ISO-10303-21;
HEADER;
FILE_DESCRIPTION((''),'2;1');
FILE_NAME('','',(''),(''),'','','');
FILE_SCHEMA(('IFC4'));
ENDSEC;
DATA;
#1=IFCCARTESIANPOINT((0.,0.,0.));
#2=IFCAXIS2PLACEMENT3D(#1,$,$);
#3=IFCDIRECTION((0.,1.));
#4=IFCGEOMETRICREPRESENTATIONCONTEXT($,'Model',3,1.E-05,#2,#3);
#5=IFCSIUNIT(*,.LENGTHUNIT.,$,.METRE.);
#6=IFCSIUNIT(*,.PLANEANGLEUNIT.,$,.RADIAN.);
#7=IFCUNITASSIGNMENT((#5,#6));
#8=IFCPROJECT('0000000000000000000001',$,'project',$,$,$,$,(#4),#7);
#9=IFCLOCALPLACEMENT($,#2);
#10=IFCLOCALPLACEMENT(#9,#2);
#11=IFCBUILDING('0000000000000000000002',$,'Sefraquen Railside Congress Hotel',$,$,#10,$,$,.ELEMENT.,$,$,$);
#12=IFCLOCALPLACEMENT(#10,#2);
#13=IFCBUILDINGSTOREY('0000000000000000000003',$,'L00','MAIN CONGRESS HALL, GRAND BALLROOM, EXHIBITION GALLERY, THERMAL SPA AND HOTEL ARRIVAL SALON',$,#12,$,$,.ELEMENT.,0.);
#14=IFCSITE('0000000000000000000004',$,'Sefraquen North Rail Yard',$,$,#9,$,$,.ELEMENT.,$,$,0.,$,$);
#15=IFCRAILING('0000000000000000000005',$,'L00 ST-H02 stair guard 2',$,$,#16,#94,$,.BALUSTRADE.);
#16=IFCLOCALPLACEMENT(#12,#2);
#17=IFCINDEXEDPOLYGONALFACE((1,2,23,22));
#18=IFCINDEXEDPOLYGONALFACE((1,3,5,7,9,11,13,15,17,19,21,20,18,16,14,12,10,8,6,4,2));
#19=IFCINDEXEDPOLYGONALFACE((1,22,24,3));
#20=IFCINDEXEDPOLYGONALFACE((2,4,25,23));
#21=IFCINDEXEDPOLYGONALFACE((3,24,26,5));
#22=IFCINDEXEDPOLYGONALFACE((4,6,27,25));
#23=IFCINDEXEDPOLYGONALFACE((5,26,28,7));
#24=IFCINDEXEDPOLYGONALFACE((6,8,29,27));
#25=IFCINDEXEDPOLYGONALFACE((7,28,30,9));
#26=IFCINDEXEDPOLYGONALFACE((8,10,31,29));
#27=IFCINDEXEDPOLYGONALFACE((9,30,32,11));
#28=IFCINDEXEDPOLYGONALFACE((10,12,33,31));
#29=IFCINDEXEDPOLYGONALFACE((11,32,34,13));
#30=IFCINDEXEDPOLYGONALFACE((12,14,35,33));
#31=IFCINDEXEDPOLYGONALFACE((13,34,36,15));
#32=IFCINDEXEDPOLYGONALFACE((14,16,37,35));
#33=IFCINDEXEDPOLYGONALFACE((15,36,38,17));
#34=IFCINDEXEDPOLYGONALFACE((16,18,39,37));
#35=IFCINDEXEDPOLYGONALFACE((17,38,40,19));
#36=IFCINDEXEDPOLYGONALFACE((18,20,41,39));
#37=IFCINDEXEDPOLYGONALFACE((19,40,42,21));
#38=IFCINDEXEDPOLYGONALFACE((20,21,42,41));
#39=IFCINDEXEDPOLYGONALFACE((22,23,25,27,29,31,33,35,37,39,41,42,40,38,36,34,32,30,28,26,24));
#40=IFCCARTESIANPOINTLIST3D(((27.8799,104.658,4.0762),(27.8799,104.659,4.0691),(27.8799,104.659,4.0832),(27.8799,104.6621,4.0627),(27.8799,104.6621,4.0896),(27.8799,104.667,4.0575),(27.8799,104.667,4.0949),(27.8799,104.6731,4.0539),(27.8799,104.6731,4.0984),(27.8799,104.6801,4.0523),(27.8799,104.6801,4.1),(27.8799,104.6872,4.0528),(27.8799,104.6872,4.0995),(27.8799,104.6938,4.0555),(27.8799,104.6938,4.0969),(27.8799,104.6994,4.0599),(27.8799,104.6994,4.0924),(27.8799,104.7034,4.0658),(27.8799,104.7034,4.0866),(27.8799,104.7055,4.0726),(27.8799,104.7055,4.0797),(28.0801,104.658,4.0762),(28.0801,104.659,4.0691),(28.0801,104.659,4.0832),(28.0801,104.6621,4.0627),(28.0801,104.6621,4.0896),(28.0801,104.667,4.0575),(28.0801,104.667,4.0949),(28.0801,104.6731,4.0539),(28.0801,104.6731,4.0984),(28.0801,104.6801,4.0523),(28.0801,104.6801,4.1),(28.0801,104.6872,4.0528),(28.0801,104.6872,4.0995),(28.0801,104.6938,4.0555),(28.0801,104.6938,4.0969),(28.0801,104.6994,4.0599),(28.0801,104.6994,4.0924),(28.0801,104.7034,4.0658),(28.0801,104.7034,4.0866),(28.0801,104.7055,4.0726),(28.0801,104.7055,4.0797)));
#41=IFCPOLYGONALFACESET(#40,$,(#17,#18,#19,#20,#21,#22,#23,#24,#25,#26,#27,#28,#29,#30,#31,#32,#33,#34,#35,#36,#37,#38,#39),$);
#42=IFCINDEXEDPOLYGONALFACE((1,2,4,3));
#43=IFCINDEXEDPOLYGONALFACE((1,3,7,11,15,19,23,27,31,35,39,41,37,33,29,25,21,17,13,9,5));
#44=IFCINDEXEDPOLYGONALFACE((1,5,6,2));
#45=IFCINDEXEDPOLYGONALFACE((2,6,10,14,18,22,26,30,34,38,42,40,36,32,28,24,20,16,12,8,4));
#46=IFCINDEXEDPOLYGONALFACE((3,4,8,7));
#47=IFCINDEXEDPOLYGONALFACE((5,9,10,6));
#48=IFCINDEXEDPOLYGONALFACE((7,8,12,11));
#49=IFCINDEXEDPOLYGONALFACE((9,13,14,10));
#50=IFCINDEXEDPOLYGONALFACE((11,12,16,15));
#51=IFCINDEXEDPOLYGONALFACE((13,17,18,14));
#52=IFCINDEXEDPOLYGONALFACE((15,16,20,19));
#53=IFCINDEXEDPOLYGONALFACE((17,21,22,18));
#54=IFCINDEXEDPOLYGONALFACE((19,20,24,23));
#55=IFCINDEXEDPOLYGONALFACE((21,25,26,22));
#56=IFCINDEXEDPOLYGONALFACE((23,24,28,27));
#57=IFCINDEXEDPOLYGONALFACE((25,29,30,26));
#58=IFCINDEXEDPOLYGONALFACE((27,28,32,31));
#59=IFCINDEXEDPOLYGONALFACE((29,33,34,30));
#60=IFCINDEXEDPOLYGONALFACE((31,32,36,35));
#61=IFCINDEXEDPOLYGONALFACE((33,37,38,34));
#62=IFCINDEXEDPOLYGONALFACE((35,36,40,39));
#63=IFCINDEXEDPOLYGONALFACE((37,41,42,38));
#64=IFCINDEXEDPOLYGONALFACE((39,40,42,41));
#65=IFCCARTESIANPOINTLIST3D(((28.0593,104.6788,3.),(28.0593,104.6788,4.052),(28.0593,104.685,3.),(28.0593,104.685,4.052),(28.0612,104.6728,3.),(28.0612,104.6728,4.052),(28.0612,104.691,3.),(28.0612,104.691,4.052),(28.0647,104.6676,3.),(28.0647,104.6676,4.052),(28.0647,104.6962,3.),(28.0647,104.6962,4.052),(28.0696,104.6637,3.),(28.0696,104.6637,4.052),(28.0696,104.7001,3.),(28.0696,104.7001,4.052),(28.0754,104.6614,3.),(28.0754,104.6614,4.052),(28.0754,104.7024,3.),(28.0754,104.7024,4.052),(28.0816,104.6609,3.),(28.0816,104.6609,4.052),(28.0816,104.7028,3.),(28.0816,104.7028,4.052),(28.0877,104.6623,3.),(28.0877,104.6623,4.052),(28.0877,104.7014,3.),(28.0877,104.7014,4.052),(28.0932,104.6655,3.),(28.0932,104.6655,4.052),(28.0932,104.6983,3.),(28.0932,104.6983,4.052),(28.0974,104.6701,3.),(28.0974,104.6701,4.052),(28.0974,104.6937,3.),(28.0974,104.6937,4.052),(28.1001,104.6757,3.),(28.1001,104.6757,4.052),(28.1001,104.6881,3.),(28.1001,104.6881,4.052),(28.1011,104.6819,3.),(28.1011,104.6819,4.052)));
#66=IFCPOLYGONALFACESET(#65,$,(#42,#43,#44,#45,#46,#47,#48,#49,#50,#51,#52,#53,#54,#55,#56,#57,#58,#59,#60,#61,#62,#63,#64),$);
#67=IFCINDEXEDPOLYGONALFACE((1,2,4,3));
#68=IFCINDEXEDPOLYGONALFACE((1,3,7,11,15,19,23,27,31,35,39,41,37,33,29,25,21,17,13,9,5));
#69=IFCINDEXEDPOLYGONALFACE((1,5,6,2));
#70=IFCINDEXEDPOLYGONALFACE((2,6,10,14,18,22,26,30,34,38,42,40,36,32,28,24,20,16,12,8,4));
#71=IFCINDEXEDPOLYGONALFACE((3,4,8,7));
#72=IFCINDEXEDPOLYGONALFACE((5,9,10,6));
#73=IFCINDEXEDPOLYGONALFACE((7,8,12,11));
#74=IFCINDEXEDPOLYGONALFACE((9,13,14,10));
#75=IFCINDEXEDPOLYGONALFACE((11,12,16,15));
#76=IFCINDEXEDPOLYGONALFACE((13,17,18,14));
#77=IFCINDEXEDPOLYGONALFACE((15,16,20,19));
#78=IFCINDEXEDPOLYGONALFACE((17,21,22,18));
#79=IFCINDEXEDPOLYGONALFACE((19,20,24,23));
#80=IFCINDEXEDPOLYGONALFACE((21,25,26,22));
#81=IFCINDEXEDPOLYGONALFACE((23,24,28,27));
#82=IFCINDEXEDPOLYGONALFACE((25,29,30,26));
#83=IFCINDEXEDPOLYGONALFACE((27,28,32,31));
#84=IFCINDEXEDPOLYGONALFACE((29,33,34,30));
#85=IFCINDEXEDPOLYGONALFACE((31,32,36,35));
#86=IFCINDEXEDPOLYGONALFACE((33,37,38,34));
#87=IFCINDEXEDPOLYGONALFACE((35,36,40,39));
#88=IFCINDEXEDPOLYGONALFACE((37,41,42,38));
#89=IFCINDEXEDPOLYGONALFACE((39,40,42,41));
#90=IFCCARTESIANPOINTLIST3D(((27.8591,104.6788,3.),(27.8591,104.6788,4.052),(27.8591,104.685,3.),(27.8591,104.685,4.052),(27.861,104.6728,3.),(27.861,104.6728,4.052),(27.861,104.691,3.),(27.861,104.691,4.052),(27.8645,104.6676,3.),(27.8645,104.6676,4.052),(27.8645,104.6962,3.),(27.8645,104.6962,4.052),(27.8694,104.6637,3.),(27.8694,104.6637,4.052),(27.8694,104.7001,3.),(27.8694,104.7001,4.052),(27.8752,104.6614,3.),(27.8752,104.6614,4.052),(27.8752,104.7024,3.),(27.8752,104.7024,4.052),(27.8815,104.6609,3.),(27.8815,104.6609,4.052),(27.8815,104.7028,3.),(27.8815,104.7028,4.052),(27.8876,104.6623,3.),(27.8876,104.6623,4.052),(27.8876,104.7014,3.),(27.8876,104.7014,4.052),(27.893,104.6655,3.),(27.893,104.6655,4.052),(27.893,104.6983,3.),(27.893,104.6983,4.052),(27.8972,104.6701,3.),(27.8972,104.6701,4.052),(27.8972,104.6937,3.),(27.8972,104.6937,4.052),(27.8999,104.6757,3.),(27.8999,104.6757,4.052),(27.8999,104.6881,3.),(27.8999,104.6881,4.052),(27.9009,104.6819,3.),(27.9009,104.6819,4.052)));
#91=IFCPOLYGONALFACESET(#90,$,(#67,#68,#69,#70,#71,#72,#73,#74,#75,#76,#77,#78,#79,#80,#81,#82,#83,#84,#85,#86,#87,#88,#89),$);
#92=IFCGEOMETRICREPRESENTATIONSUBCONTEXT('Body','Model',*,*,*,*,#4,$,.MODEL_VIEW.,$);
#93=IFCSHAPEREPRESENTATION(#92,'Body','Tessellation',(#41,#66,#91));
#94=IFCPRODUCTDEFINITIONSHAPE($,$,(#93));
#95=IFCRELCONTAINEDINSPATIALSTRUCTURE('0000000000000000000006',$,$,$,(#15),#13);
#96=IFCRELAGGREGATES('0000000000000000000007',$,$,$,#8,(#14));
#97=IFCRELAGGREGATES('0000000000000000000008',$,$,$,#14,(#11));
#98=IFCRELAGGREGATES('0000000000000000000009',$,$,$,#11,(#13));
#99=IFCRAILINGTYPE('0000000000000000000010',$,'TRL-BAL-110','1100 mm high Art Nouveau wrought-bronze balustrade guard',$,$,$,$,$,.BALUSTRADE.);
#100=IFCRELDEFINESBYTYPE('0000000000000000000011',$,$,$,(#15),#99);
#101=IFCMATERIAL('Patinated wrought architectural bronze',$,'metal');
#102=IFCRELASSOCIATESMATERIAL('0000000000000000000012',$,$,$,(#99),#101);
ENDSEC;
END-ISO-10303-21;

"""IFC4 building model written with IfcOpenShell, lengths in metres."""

from ifc_helpers import new_model, si_unit, direction, frame, origin, origin_2d, place, context, subcontext, project, spatial, circle, extrude, material, type_object, element, save


model = new_model("IFC4")

# Units and contexts
model_context = context("Model", 3, precision=1e-05, world=origin(), true_north=direction((0.0, 1.0)))
body_context = subcontext(model_context, "Body", "Model", "MODEL_VIEW")
ifc_project = project(units=[si_unit("LENGTHUNIT", "METRE"), si_unit("PLANEANGLEUNIT", "RADIAN")], contexts=[model_context])

# Site, building, storey
site_placement = place(None, origin())
site = spatial("IfcSite", under=ifc_project, at=site_placement, Name="Sefraquen North Rail Yard", CompositionType="ELEMENT", RefElevation=0.0)
building_placement = place(site_placement, origin())
building = spatial("IfcBuilding", under=site, at=building_placement, Name="Sefraquen Railside Congress Hotel", CompositionType="ELEMENT")
storey_placement = place(building_placement, origin())
storey = spatial("IfcBuildingStorey", under=building, at=storey_placement, Name="L00", Description="MAIN CONGRESS HALL, GRAND BALLROOM, EXHIBITION GALLERY, THERMAL SPA AND HOTEL ARRIVAL SALON", CompositionType="ELEMENT", Elevation=0.0)

# Railing
ifc_material_1 = material(Name="Patinated wrought architectural bronze", Category="metal")
railing_type_1 = type_object("IfcRailingType", Name="TRL-BAL-110", Description="1100 mm high Art Nouveau wrought-bronze balustrade guard", PredefinedType="BALUSTRADE", material=ifc_material_1)
railing_1_placement = place(storey_placement, frame((28.0801, 104.6819, 3.0)))
element("IfcRailing", 1, at=railing_1_placement, inside=storey, type_object=railing_type_1, Name="L00 ST-H02 stair guard 2", PredefinedType="BALUSTRADE", context=body_context, shape_type="SweptSolid", body=[
    extrude(circle(Radius=0.0239, at=origin_2d()), frame((0.0, 0.0, 1.0762), z_axis=(-1.0, 0.0, 0.0), x_axis=(0.0, -1.0, 0.0)), (0.0, 0.0, 1.0), 0.2002),
    extrude(circle(Radius=0.021, at=origin_2d()), origin(), (0.0, 0.0, 1.0), 1.052),
    extrude(circle(Radius=0.021, at=origin_2d()), frame((-0.2002, 0.0, 0.0)), (0.0, 0.0, 1.0), 1.052),
])

save(model, "model.ifc")
